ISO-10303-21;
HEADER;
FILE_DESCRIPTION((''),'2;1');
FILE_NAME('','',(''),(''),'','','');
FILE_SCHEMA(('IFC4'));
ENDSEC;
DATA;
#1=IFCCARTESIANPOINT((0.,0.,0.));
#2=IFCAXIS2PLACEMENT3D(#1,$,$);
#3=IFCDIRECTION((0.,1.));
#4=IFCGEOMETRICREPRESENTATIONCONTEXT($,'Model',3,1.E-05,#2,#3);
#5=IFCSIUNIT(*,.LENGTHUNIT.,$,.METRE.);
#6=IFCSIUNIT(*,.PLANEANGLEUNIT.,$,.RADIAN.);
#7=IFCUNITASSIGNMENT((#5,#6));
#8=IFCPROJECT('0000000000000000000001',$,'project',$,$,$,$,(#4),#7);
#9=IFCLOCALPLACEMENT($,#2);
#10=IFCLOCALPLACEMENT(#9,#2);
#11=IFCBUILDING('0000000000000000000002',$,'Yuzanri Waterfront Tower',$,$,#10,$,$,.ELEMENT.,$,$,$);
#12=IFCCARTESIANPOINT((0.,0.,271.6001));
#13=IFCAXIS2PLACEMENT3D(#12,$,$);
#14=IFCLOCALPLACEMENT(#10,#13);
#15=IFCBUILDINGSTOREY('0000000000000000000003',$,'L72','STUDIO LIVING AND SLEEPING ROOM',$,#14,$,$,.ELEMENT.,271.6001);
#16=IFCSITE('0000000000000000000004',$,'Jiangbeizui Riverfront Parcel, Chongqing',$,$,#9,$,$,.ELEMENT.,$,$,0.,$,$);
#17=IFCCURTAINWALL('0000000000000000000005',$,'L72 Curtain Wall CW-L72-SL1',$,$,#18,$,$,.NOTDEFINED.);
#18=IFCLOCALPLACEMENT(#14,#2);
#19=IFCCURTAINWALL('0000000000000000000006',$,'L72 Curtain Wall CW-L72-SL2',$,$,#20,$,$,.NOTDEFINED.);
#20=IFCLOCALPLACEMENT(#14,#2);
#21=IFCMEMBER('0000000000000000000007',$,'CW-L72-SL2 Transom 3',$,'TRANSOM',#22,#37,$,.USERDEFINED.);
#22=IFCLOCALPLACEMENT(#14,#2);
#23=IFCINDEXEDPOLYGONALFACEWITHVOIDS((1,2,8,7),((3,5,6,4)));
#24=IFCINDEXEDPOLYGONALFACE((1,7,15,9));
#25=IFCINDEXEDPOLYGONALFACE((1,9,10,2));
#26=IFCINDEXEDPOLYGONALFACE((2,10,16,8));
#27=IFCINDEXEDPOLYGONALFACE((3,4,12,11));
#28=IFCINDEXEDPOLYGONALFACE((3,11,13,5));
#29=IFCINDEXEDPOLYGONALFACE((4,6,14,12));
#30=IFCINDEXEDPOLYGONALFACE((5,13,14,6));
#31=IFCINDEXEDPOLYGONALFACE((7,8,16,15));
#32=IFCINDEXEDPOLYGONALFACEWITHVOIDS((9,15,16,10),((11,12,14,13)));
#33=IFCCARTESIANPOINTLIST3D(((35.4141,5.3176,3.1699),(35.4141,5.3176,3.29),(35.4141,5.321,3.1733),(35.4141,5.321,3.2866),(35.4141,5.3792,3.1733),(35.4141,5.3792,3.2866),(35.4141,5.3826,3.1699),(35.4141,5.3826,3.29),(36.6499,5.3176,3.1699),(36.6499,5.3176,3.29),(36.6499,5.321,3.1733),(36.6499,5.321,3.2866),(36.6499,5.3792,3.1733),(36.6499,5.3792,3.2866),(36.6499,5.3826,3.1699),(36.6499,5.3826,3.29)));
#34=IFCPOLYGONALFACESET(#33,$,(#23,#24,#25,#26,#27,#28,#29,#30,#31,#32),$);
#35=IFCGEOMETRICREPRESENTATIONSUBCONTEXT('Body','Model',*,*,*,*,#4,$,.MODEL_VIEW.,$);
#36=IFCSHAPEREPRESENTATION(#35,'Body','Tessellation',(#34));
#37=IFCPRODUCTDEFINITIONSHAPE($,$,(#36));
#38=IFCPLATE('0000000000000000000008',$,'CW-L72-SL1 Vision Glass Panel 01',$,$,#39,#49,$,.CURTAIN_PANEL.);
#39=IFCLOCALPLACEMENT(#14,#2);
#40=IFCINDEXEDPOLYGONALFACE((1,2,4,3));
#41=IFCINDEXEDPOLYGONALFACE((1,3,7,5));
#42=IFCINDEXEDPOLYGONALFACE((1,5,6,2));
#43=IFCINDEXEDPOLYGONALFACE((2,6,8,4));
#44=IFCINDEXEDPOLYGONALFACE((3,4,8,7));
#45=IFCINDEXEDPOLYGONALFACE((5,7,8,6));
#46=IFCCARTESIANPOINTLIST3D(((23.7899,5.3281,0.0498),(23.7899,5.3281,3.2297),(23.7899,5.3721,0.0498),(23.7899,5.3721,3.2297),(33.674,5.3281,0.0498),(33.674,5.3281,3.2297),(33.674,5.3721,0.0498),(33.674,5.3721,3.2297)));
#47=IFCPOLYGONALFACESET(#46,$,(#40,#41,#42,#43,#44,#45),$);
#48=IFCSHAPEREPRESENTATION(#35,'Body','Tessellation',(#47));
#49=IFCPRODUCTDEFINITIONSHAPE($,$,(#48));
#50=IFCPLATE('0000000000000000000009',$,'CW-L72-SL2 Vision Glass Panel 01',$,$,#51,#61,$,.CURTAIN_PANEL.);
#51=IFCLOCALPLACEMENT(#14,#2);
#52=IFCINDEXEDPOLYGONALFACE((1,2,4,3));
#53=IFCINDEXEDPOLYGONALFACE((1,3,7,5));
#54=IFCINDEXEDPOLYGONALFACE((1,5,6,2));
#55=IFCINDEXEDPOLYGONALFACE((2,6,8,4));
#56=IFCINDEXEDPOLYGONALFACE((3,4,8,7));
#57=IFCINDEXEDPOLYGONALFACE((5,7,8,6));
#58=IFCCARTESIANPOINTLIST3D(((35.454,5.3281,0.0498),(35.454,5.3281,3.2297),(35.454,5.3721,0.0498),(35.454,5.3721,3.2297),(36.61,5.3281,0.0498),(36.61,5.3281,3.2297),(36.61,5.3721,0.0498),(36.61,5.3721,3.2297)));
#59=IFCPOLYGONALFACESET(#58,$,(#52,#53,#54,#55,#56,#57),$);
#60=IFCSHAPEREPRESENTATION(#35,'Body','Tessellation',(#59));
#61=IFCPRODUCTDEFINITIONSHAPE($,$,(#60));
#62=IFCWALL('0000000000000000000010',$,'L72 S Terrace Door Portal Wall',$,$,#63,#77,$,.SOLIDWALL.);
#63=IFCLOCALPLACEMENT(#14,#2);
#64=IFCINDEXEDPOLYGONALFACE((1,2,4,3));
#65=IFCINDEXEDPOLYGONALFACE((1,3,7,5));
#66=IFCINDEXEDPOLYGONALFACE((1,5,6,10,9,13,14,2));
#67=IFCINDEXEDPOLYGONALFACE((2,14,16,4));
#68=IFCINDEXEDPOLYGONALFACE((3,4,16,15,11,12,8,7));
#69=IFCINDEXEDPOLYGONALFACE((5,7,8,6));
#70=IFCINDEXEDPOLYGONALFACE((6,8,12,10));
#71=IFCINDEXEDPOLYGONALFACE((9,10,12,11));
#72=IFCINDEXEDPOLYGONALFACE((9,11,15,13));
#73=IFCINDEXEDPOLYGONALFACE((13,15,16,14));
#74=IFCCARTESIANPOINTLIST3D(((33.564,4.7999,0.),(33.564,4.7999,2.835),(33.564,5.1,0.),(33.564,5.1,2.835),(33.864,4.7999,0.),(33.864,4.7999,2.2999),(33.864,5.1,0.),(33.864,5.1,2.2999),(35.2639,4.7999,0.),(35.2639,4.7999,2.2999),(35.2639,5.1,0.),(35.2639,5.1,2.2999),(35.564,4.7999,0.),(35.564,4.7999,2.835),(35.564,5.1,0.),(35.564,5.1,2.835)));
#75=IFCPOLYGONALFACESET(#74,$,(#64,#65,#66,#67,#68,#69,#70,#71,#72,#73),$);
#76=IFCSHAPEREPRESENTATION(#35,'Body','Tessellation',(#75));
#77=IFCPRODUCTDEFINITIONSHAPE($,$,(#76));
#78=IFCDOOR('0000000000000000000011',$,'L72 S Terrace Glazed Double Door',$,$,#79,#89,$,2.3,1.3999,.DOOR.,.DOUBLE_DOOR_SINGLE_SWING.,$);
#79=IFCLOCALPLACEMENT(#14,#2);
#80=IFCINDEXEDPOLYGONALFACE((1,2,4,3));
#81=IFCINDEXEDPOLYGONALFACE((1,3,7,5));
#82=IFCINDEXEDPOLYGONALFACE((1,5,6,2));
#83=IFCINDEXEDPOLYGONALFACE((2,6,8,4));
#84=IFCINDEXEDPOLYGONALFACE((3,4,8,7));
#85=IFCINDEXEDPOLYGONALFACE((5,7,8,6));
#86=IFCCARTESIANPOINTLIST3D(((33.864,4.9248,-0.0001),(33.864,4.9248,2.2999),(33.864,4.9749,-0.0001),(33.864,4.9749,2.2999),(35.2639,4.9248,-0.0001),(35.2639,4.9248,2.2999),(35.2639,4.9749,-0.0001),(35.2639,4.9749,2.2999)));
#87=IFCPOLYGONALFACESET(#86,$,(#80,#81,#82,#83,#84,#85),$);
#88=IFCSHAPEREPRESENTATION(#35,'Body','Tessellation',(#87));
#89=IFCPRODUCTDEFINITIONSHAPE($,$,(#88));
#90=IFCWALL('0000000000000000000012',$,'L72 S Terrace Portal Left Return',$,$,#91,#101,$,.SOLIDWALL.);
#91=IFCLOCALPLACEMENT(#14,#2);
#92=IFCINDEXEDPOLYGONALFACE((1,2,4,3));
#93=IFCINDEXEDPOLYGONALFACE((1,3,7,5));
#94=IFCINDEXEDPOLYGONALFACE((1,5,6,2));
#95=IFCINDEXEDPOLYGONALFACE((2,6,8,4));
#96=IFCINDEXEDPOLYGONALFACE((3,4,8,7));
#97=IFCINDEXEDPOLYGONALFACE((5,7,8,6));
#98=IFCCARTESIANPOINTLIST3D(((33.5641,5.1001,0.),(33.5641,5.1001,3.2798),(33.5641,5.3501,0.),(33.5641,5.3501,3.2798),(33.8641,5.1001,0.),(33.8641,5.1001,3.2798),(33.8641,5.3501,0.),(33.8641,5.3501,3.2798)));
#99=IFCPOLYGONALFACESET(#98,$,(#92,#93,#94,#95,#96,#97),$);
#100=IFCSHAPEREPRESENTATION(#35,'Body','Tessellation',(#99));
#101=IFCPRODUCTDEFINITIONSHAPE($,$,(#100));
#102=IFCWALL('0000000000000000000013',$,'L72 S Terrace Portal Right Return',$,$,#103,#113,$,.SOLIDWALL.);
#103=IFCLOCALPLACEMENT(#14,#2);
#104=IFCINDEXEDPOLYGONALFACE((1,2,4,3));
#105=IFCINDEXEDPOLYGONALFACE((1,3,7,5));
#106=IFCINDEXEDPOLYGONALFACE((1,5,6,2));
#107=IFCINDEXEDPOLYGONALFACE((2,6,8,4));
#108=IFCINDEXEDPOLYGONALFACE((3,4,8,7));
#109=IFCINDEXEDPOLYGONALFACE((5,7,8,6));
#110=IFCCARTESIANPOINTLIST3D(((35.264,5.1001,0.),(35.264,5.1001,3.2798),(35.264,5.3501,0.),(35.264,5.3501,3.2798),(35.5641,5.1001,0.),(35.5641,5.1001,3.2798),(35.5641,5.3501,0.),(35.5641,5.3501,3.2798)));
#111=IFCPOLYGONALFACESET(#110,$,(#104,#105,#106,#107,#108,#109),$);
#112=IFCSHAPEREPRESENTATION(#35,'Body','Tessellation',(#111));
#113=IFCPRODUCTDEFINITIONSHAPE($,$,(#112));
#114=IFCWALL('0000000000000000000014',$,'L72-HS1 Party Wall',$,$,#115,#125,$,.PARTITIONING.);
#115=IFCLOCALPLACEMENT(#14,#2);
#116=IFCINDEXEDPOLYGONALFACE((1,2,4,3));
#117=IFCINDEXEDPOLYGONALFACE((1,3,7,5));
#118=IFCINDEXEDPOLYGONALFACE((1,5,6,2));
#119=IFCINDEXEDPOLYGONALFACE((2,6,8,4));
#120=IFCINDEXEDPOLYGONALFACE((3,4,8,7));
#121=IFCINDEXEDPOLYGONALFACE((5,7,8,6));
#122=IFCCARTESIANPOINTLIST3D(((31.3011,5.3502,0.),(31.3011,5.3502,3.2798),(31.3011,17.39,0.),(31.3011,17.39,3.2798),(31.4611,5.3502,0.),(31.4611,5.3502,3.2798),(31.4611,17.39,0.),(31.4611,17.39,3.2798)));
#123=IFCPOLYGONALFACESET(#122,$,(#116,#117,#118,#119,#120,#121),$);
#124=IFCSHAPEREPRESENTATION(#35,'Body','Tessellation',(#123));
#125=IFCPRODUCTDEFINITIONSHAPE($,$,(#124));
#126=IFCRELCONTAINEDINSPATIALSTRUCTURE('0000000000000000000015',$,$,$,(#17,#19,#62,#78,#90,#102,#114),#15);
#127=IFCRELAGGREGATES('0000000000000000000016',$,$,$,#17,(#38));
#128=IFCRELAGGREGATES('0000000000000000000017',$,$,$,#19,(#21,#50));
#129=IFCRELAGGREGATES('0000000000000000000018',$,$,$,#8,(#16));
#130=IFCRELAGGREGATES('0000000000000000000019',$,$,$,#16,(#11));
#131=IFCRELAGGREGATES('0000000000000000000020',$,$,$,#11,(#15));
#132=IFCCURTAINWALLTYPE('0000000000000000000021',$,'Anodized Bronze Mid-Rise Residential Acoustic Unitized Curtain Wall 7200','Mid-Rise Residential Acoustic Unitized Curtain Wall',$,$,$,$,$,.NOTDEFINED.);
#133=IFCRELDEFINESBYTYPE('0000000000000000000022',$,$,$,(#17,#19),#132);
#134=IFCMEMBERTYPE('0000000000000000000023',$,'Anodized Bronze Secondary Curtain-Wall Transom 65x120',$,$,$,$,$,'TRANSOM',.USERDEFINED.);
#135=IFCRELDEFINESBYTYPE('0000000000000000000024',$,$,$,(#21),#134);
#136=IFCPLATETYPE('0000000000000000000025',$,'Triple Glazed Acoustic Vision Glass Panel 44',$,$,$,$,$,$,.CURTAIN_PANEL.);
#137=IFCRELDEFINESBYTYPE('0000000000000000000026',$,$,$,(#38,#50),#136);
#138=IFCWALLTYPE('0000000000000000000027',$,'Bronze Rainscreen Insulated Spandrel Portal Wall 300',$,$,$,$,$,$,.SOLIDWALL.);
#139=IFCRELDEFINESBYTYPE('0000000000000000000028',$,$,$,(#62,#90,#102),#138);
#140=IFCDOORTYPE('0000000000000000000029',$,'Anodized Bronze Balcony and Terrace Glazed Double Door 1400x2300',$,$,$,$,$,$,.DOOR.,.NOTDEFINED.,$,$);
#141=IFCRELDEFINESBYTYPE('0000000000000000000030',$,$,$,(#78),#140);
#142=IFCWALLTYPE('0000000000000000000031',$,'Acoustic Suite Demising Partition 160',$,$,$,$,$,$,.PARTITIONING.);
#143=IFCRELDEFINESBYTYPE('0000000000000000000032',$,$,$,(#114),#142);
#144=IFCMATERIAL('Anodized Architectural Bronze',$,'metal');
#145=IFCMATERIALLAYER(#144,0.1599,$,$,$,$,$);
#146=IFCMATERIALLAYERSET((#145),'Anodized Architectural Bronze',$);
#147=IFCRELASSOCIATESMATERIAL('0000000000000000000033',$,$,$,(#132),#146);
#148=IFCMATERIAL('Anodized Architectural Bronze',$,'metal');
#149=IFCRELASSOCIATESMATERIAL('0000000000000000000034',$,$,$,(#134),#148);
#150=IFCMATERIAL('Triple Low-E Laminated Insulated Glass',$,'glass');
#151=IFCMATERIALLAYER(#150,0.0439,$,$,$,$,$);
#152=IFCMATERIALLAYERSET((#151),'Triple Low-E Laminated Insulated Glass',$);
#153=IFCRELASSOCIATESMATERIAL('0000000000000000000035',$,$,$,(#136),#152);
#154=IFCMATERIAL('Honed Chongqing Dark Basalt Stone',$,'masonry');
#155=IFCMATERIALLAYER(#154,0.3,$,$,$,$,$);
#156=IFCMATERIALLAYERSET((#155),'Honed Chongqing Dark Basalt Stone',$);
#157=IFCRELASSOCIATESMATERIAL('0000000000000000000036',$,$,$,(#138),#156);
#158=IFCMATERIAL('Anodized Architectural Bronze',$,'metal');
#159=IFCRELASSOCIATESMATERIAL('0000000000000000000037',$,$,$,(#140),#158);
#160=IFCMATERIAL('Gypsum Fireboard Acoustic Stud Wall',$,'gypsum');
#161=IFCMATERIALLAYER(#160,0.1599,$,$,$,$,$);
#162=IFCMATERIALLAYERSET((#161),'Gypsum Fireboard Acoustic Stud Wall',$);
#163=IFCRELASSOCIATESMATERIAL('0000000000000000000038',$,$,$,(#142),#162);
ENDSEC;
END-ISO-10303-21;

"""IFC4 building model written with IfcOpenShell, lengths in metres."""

from ifc_helpers import new_model, si_unit, direction, frame, frame_2d, origin, origin_2d, place, context, subcontext, project, spatial, rectangle, hollow_rectangle, extrude, source, transform, mapped, material, layer, layer_set, material_profile, profile_set, type_object, element, fill, aggregate, save


model = new_model("IFC4")

# Units and contexts
model_context = context("Model", 3, precision=1e-05, world=origin(), true_north=direction((0.0, 1.0)))
body_context = subcontext(model_context, "Body", "Model", "MODEL_VIEW")
ifc_project = project(units=[si_unit("LENGTHUNIT", "METRE"), si_unit("PLANEANGLEUNIT", "RADIAN")], contexts=[model_context])

# Site, building, storey
site_placement = place(None, origin())
site = spatial("IfcSite", under=ifc_project, at=site_placement, Name="Jiangbeizui Riverfront Parcel, Chongqing", CompositionType="ELEMENT", RefElevation=0.0)
building_placement = place(site_placement, origin())
building = spatial("IfcBuilding", under=site, at=building_placement, Name="Yuzanri Waterfront Tower", CompositionType="ELEMENT")
storey_placement = place(building_placement, frame((0.0, 0.0, 271.6001)))
storey = spatial("IfcBuildingStorey", under=building, at=storey_placement, Name="L72", Description="STUDIO LIVING AND SLEEPING ROOM", CompositionType="ELEMENT", Elevation=271.6001)

# Curtain walls
ifc_material_1 = material(Name="Anodized Architectural Bronze", Category="metal")
ifc_layer_1 = layer(ifc_material_1, 0.1599)
ifc_layer_set_1 = layer_set([ifc_layer_1], Name="Anodized Architectural Bronze")
curtain_wall_type = type_object("IfcCurtainWallType", Name="Anodized Bronze Mid-Rise Residential Acoustic Unitized Curtain Wall 7200", Description="Mid-Rise Residential Acoustic Unitized Curtain Wall", PredefinedType="NOTDEFINED", material=ifc_layer_set_1)
curtain_wall_1_placement = place(storey_placement, origin())
curtain_wall_1 = element("IfcCurtainWall", 1, at=curtain_wall_1_placement, inside=storey, type_object=curtain_wall_type, Name="L72 Curtain Wall CW-L72-SL1", PredefinedType="NOTDEFINED")
curtain_wall_2_placement = place(storey_placement, origin())
curtain_wall_2 = element("IfcCurtainWall", 2, at=curtain_wall_2_placement, inside=storey, type_object=curtain_wall_type, Name="L72 Curtain Wall CW-L72-SL2", PredefinedType="NOTDEFINED")

# Member
ifc_material_2 = material(Name="Anodized Architectural Bronze", Category="metal")
ifc_material_profile_1 = material_profile(ifc_material_2, hollow_rectangle(XDim=0.0649, YDim=0.1201, WallThickness=0.0034, at=origin_2d()), Name="CWT 65x120")
ifc_profile_set_1 = profile_set([ifc_material_profile_1], Name="Anodized Architectural Bronze")
member_type_1 = type_object("IfcMemberType", Name="Anodized Bronze Secondary Curtain-Wall Transom 65x120", ElementType="TRANSOM", PredefinedType="USERDEFINED", material=ifc_profile_set_1)
shared_shape_1 = source(origin(), body_context, "Body", "SweptSolid", [
    extrude(hollow_rectangle(XDim=0.0649, YDim=0.1201, WallThickness=0.0034, at=origin_2d()), origin(), (0.0, 0.0, 1.0), 1.2358),
])
member_1_placement = place(storey_placement, frame((35.4141, 5.3501, 3.23), z_axis=(1.0, 0.0, 0.0), x_axis=(0.0, 1.0, 0.0)))
member_1 = element("IfcMember", 3, at=member_1_placement, type_object=member_type_1, Name="CW-L72-SL2 Transom 3", ObjectType="TRANSOM", PredefinedType="USERDEFINED", context=body_context, shape_type="MappedRepresentation", body=[
    mapped(shared_shape_1, transform((0.0, 0.0, 0.0), scale=1.0)),
])

# Plates
ifc_material_3 = material(Name="Triple Low-E Laminated Insulated Glass", Category="glass")
ifc_layer_2 = layer(ifc_material_3, 0.0439)
ifc_layer_set_2 = layer_set([ifc_layer_2], Name="Triple Low-E Laminated Insulated Glass")
plate_type = type_object("IfcPlateType", Name="Triple Glazed Acoustic Vision Glass Panel 44", PredefinedType="CURTAIN_PANEL", material=ifc_layer_set_2)
shared_shape_2 = source(origin(), body_context, "Body", "SweptSolid", [
    extrude(rectangle(XDim=9.884, YDim=0.0439, at=origin_2d()), origin(), (0.0, 0.0, 1.0), 3.1799),
])
plate_1_placement = place(storey_placement, frame((28.7319, 5.3501, 0.0498), z_axis=(0.0, 0.0, 1.0), x_axis=(1.0, 0.0, 0.0)))
plate_1 = element("IfcPlate", 4, at=plate_1_placement, type_object=plate_type, Name="CW-L72-SL1 Vision Glass Panel 01", PredefinedType="CURTAIN_PANEL", context=body_context, shape_type="MappedRepresentation", body=[
    mapped(shared_shape_2, transform((0.0, 0.0, 0.0), scale=1.0)),
])
aggregate(curtain_wall_1, [plate_1])
shared_shape_3 = source(origin(), body_context, "Body", "SweptSolid", [
    extrude(rectangle(XDim=1.156, YDim=0.0439, at=origin_2d()), origin(), (0.0, 0.0, 1.0), 3.1799),
])
plate_2_placement = place(storey_placement, frame((36.032, 5.3501, 0.0498), z_axis=(0.0, 0.0, 1.0), x_axis=(1.0, 0.0, 0.0)))
plate_2 = element("IfcPlate", 5, at=plate_2_placement, type_object=plate_type, Name="CW-L72-SL2 Vision Glass Panel 01", PredefinedType="CURTAIN_PANEL", context=body_context, shape_type="MappedRepresentation", body=[
    mapped(shared_shape_3, transform((0.0, 0.0, 0.0), scale=1.0)),
])
aggregate(curtain_wall_2, [member_1, plate_2])

# Wall, opening, door
ifc_material_4 = material(Name="Honed Chongqing Dark Basalt Stone", Category="masonry")
ifc_layer_3 = layer(ifc_material_4, 0.3)
ifc_layer_set_3 = layer_set([ifc_layer_3], Name="Honed Chongqing Dark Basalt Stone")
wall_type_1 = type_object("IfcWallType", Name="Bronze Rainscreen Insulated Spandrel Portal Wall 300", PredefinedType="SOLIDWALL", material=ifc_layer_set_3)
wall_1_placement = place(storey_placement, frame((33.564, 4.95, 0.0), z_axis=(0.0, 0.0, 1.0), x_axis=(1.0, 0.0, 0.0)))
wall_1 = element("IfcWall", 6, at=wall_1_placement, inside=storey, type_object=wall_type_1, Name="L72 S Terrace Door Portal Wall", PredefinedType="SOLIDWALL", context=body_context, shape_type="SweptSolid", body=[
    extrude(rectangle(XDim=2.0, YDim=0.3, at=frame_2d((1.0, 0.0))), origin(), (0.0, 0.0, 1.0), 2.835),
])
opening_placement = place(wall_1_placement, frame((0.3, 0.0, 0.0)))
opening = element("IfcOpeningElement", 7, at=opening_placement, cuts=wall_1, PredefinedType="OPENING", context=body_context, shape_type="SweptSolid", body=[
    extrude(rectangle(XDim=1.3999, YDim=2.3, at=frame_2d((0.7, 1.1499))), frame((0.0, 0.165, 0.0), z_axis=(0.0, -1.0, 0.0), x_axis=(1.0, 0.0, 0.0)), (0.0, 0.0, 1.0), 0.3298),
])
ifc_material_5 = material(Name="Anodized Architectural Bronze", Category="metal")
door_type = type_object("IfcDoorType", Name="Anodized Bronze Balcony and Terrace Glazed Double Door 1400x2300", OperationType="NOTDEFINED", PredefinedType="DOOR", material=ifc_material_5)
shared_shape_4 = source(origin(), body_context, "Body", "SweptSolid", [
    extrude(rectangle(XDim=1.3999, YDim=2.3, at=frame_2d((0.7, 1.1499))), frame((0.0, 0.0249, 0.0), z_axis=(0.0, -1.0, 0.0), x_axis=(1.0, 0.0, 0.0)), (0.0, 0.0, 1.0), 0.05),
])
door_placement = place(opening_placement, origin())
door = element("IfcDoor", 8, at=door_placement, inside=storey, type_object=door_type, Name="L72 S Terrace Glazed Double Door", OperationType="DOUBLE_DOOR_SINGLE_SWING", OverallHeight=2.3, OverallWidth=1.3999, PredefinedType="DOOR", context=body_context, shape_type="MappedRepresentation", body=[
    mapped(shared_shape_4, transform((0.0, 0.0, 0.0), scale=1.0)),
])
fill(opening, door)

# Walls
shared_shape_5 = source(origin(), body_context, "Body", "SweptSolid", [
    extrude(rectangle(XDim=0.25, YDim=0.3, at=frame_2d((0.125, 0.0))), origin(), (0.0, 0.0, 1.0), 3.2798),
])
for number, where, z_axis, x_axis, name in (
    (9, (33.7141, 5.3501, 0.0), (0.0, 0.0, 1.0), (0.0, -1.0, 0.0), "L72 S Terrace Portal Left Return"),
    (10, (35.4141, 5.1001, 0.0), (0.0, 0.0, 1.0), (0.0, 1.0, 0.0), "L72 S Terrace Portal Right Return"),
):
    element("IfcWall", number, at=place(storey_placement, frame(where, z_axis=z_axis, x_axis=x_axis)), inside=storey, type_object=wall_type_1, Name=name, PredefinedType="SOLIDWALL", context=body_context, shape_type="MappedRepresentation", body=[
        mapped(shared_shape_5, transform((0.0, 0.0, 0.0), scale=1.0)),
    ])
ifc_material_6 = material(Name="Gypsum Fireboard Acoustic Stud Wall", Category="gypsum")
ifc_layer_4 = layer(ifc_material_6, 0.1599)
ifc_layer_set_4 = layer_set([ifc_layer_4], Name="Gypsum Fireboard Acoustic Stud Wall")
wall_type_2 = type_object("IfcWallType", Name="Acoustic Suite Demising Partition 160", PredefinedType="PARTITIONING", material=ifc_layer_set_4)
shared_shape_6 = source(origin(), body_context, "Body", "SweptSolid", [
    extrude(rectangle(XDim=12.0398, YDim=0.1599, at=frame_2d((6.02, 0.0))), origin(), (0.0, 0.0, 1.0), 3.2798),
])
wall_2_placement = place(storey_placement, frame((31.3811, 5.3501, 0.0), z_axis=(0.0, 0.0, 1.0), x_axis=(0.0, 1.0, 0.0)))
element("IfcWall", 11, at=wall_2_placement, inside=storey, type_object=wall_type_2, Name="L72-HS1 Party Wall", PredefinedType="PARTITIONING", context=body_context, shape_type="MappedRepresentation", body=[
    mapped(shared_shape_6, transform((0.0, 0.0, 0.0), scale=1.0)),
])

save(model, "model.ifc")
